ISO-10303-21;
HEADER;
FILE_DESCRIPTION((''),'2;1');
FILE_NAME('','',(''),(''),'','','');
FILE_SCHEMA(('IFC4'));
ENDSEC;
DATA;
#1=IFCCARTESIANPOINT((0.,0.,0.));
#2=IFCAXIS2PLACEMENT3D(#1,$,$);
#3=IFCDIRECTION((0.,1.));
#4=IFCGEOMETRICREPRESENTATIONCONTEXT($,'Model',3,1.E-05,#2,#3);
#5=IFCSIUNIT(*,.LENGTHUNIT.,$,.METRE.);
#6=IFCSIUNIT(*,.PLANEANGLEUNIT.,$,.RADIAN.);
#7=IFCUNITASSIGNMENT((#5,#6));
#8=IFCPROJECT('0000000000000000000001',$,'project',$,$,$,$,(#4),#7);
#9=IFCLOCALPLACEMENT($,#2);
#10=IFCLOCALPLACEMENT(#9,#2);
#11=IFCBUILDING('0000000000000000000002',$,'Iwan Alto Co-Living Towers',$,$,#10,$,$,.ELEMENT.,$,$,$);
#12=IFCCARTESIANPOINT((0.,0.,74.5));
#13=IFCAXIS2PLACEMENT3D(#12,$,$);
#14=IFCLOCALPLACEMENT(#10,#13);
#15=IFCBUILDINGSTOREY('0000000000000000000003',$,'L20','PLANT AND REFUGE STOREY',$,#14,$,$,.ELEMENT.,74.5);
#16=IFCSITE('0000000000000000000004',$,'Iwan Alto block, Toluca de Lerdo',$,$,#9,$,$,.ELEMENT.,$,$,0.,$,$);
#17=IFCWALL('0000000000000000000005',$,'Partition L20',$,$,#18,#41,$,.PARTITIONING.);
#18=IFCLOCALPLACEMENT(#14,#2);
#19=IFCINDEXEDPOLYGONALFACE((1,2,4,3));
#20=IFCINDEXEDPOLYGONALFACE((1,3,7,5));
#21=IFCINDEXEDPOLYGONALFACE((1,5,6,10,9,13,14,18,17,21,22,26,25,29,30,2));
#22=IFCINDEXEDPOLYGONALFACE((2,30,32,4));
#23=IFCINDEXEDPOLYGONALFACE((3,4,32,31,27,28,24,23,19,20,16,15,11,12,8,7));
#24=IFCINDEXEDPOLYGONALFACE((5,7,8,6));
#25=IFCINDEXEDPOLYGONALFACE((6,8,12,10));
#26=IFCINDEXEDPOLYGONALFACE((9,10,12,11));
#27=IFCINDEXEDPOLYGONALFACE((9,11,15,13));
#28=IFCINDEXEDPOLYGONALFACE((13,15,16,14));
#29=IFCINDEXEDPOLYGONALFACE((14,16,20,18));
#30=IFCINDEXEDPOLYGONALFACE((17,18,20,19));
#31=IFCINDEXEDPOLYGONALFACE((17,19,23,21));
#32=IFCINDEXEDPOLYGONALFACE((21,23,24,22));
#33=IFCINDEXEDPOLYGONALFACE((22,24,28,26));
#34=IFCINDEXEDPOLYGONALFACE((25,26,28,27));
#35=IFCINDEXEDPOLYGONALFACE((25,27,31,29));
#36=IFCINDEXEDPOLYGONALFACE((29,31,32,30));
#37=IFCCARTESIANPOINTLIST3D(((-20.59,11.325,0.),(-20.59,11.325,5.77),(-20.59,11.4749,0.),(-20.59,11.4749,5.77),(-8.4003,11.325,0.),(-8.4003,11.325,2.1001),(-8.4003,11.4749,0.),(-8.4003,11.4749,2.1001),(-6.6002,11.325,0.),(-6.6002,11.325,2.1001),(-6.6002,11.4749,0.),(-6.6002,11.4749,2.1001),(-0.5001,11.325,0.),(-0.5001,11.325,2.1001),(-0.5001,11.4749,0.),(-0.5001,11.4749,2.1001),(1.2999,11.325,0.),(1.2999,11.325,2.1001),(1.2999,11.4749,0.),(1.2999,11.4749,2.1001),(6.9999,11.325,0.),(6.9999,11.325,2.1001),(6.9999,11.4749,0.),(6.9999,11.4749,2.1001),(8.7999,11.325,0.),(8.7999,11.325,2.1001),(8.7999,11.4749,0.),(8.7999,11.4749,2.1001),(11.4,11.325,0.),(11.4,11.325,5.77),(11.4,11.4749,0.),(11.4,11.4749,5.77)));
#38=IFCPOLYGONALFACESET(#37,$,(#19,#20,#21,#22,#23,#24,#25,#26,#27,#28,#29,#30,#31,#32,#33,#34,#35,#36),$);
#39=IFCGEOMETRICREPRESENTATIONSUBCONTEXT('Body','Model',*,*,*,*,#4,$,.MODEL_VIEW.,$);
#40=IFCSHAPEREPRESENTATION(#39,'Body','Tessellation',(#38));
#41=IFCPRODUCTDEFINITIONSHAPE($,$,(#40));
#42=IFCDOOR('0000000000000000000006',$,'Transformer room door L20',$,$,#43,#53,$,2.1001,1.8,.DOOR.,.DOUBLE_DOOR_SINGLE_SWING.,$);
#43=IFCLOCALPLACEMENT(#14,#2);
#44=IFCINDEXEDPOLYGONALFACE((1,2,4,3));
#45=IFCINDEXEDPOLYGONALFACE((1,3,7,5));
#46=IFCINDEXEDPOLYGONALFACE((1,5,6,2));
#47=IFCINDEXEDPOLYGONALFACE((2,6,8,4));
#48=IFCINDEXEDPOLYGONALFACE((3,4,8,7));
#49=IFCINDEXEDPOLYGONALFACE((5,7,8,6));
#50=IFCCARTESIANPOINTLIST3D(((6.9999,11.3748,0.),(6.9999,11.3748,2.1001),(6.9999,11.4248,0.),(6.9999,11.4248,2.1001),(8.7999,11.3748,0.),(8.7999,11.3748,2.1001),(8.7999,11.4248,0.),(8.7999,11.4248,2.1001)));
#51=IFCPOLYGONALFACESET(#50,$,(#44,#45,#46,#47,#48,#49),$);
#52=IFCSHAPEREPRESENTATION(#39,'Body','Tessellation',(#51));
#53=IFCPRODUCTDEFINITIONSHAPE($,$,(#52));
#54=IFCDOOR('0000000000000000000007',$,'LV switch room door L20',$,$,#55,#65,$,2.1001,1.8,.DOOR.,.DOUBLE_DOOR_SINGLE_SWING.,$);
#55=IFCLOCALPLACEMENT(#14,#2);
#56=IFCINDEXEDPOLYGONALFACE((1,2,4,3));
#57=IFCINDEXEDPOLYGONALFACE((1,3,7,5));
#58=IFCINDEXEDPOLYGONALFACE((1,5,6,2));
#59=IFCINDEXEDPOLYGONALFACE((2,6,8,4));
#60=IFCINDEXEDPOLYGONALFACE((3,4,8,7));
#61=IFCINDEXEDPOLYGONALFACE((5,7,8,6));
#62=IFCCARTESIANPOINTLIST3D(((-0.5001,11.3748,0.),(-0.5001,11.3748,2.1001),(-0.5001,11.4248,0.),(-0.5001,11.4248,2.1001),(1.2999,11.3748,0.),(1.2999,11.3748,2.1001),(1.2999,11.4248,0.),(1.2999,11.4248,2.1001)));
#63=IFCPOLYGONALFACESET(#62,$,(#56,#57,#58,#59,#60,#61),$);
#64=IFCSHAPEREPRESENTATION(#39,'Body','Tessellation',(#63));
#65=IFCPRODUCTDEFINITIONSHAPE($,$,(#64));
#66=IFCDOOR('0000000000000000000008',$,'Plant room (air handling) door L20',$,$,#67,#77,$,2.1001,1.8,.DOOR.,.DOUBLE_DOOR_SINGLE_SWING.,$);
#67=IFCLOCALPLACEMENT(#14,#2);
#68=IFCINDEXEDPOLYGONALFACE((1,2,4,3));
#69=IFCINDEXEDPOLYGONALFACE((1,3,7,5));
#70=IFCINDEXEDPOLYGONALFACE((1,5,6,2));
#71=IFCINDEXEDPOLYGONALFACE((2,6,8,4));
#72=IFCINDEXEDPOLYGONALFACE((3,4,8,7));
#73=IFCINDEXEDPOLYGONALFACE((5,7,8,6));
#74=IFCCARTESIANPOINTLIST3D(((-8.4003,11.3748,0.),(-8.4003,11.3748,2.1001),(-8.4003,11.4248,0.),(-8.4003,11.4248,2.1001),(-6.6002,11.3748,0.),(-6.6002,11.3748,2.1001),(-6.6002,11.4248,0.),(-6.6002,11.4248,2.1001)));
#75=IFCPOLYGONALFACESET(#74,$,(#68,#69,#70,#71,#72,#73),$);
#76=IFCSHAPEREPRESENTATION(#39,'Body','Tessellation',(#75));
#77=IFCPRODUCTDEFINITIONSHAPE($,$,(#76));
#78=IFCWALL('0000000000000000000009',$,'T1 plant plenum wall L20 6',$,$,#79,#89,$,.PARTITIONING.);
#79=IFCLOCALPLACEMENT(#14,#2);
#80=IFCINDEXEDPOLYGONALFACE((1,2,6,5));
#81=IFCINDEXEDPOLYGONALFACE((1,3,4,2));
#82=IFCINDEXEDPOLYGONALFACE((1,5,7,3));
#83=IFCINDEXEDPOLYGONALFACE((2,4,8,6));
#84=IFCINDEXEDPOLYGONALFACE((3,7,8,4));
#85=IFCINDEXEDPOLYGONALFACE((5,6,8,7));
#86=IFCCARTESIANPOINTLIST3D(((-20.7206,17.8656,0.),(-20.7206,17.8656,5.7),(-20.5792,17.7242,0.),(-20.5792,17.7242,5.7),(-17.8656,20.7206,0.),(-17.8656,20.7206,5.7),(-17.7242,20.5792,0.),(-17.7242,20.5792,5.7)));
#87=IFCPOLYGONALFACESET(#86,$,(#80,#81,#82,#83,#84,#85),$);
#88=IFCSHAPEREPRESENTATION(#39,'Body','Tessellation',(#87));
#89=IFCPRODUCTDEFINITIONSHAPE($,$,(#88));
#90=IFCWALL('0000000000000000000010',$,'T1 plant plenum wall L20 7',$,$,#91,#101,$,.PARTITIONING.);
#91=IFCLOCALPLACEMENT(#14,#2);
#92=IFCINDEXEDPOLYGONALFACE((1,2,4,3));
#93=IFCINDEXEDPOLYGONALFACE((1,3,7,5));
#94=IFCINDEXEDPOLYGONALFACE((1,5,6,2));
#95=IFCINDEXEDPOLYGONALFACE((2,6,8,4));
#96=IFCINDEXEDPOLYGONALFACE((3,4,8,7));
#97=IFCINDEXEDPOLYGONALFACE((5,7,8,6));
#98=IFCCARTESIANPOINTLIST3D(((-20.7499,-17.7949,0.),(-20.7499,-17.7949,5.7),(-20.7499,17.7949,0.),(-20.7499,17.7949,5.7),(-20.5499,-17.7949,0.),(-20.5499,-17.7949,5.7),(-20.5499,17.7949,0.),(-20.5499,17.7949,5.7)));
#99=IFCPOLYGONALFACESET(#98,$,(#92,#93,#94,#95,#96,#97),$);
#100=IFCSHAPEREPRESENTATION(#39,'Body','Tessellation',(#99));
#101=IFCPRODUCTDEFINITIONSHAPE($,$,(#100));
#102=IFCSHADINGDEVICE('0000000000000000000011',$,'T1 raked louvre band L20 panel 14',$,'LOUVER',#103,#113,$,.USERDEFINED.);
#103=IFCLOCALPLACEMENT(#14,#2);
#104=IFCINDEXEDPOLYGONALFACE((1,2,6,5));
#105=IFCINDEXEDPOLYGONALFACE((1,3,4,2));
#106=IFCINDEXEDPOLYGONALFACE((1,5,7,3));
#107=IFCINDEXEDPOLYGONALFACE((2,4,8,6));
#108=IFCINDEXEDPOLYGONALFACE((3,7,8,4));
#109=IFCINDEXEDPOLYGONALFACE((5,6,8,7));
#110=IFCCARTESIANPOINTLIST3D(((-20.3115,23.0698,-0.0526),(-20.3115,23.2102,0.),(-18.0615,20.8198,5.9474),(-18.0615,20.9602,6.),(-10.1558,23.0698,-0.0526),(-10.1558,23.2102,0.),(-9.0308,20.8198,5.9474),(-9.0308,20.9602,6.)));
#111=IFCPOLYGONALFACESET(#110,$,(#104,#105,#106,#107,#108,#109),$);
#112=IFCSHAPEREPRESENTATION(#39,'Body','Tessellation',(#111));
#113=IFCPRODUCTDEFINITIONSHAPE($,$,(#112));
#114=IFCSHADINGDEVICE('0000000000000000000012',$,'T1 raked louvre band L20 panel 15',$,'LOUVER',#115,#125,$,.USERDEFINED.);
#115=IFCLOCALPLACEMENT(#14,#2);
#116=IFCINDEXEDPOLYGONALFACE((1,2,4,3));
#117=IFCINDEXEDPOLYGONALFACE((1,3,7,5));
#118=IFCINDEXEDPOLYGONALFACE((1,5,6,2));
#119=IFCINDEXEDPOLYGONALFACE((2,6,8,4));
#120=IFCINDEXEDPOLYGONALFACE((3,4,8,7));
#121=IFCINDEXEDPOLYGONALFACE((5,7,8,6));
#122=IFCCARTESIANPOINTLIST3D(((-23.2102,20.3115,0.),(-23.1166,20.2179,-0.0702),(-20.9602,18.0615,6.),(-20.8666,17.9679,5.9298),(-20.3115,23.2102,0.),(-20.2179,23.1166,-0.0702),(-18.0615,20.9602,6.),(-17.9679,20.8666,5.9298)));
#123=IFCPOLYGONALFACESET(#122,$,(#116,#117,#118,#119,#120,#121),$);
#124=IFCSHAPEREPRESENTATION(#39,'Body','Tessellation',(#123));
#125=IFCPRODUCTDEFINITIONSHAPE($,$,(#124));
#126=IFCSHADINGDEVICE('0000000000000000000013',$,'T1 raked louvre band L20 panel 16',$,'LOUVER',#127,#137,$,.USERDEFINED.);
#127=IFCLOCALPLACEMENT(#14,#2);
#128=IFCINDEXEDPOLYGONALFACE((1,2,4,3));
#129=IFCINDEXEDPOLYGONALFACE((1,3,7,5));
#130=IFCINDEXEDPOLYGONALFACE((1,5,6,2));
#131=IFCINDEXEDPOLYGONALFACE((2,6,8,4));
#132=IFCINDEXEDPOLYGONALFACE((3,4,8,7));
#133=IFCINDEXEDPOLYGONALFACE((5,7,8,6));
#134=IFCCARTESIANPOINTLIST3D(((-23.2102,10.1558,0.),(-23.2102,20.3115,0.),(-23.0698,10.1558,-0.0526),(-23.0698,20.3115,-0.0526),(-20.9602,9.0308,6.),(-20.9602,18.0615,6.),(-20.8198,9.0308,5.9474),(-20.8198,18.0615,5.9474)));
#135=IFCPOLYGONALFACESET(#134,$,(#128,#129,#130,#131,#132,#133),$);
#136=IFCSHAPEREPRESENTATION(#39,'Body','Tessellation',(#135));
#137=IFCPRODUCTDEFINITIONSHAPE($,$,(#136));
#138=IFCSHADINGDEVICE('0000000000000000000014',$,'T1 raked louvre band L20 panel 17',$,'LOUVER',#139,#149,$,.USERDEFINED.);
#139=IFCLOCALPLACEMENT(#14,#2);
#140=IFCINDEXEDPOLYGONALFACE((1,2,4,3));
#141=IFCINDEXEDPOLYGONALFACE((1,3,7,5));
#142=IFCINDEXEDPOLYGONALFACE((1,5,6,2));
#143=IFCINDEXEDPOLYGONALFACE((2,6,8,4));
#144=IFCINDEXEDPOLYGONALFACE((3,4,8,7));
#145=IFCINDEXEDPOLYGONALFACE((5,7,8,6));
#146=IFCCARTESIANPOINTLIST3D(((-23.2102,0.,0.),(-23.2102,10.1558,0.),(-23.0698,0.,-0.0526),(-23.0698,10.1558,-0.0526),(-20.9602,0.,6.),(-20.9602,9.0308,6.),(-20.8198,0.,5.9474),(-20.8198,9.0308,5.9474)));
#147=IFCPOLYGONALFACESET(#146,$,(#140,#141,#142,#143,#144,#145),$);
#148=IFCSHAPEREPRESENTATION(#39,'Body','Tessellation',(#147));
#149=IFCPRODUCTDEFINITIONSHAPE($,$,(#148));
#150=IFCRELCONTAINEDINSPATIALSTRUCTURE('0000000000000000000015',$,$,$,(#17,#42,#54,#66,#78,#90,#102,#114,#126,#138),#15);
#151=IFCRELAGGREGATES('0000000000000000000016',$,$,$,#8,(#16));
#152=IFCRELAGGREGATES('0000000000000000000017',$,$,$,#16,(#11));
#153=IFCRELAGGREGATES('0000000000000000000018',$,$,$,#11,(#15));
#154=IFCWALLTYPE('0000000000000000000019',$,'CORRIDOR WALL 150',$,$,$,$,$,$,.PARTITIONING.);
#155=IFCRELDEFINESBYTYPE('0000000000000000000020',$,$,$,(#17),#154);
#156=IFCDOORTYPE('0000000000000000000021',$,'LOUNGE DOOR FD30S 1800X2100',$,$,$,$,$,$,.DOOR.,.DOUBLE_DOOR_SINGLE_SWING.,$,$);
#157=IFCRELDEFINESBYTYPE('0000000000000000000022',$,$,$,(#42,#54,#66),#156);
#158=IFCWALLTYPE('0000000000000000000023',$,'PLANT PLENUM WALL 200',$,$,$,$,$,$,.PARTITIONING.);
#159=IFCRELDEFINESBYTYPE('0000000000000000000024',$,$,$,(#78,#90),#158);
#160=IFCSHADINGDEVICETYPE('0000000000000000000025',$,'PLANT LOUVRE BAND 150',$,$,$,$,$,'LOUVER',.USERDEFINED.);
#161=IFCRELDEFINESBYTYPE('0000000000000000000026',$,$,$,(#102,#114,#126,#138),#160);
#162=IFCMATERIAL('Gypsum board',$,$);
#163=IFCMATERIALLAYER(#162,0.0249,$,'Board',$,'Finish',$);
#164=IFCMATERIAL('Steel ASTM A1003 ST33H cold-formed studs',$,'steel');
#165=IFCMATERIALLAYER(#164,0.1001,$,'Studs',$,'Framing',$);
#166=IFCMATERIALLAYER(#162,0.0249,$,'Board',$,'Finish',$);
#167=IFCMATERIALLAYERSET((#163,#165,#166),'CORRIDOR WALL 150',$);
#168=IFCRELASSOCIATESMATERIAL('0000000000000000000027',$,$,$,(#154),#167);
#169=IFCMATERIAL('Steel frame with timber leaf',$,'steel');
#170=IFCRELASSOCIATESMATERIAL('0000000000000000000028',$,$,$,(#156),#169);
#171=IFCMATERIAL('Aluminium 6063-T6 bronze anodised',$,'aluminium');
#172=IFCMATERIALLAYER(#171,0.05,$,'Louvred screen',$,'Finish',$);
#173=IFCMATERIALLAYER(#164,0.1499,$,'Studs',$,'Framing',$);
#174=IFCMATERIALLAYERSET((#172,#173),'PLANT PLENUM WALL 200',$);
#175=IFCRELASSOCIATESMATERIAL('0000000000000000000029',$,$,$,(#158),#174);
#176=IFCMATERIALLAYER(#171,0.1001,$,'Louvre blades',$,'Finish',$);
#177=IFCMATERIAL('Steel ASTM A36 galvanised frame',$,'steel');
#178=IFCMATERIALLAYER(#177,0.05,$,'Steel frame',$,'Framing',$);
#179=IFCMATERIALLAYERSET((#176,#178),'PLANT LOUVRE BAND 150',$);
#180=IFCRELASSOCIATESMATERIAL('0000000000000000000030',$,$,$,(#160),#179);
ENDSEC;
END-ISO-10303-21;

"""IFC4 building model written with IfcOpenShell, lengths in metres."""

from ifc_helpers import new_model, si_unit, direction, frame, frame_2d, origin, place, context, subcontext, project, spatial, polyline, rectangle, outline, extrude, material, layer, layer_set, type_object, element, fill, save


model = new_model("IFC4")

# Units and contexts
model_context = context("Model", 3, precision=1e-05, world=origin(), true_north=direction((0.0, 1.0)))
body_context = subcontext(model_context, "Body", "Model", "MODEL_VIEW")
ifc_project = project(units=[si_unit("LENGTHUNIT", "METRE"), si_unit("PLANEANGLEUNIT", "RADIAN")], contexts=[model_context])

# Site, building, storey
site_placement = place(None, origin())
site = spatial("IfcSite", under=ifc_project, at=site_placement, Name="Iwan Alto block, Toluca de Lerdo", CompositionType="ELEMENT", RefElevation=0.0)
building_placement = place(site_placement, origin())
building = spatial("IfcBuilding", under=site, at=building_placement, Name="Iwan Alto Co-Living Towers", CompositionType="ELEMENT")
storey_placement = place(building_placement, frame((0.0, 0.0, 74.5)))
storey = spatial("IfcBuildingStorey", under=building, at=storey_placement, Name="L20", Description="PLANT AND REFUGE STOREY", CompositionType="ELEMENT", Elevation=74.5)

# Wall, openings, doors
ifc_material_1 = material(Name="Gypsum board")
ifc_layer_1 = layer(ifc_material_1, 0.0249, Name="Board", Category="Finish")
ifc_material_2 = material(Name="Steel ASTM A1003 ST33H cold-formed studs", Category="steel")
ifc_layer_2 = layer(ifc_material_2, 0.1001, Name="Studs", Category="Framing")
ifc_layer_3 = layer(ifc_material_1, 0.0249, Name="Board", Category="Finish")
ifc_layer_set_1 = layer_set([ifc_layer_1, ifc_layer_2, ifc_layer_3], Name="CORRIDOR WALL 150")
wall_type_1 = type_object("IfcWallType", Name="CORRIDOR WALL 150", PredefinedType="PARTITIONING", material=ifc_layer_set_1)
wall_1_placement = place(storey_placement, frame((-20.5901, 11.3999, 0.0), z_axis=(0.0, 0.0, 1.0), x_axis=(1.0, 0.0, 0.0)))
wall_1 = element("IfcWall", 1, at=wall_1_placement, inside=storey, type_object=wall_type_1, Name="Partition L20", PredefinedType="PARTITIONING", context=body_context, shape_type="SweptSolid", body=[
    extrude(rectangle(XDim=31.99, YDim=0.1499, at=frame_2d((15.9951, 0.0))), origin(), (0.0, 0.0, 1.0), 5.77),
])
opening_1_placement = place(wall_1_placement, frame((27.5901, 0.0, 0.0)))
opening_1 = element("IfcOpeningElement", 2, at=opening_1_placement, cuts=wall_1, PredefinedType="OPENING", context=body_context, shape_type="SweptSolid", body=[
    extrude(rectangle(XDim=1.8, YDim=2.1001, at=frame_2d((0.8999, 1.05))), frame((0.0, 0.085, 0.0), z_axis=(0.0, -1.0, 0.0), x_axis=(1.0, 0.0, 0.0)), (0.0, 0.0, 1.0), 0.1699),
])
opening_2_placement = place(wall_1_placement, frame((20.0901, 0.0, 0.0)))
opening_2 = element("IfcOpeningElement", 3, at=opening_2_placement, cuts=wall_1, PredefinedType="OPENING", context=body_context, shape_type="SweptSolid", body=[
    extrude(rectangle(XDim=1.8, YDim=2.1001, at=frame_2d((0.8999, 1.05))), frame((0.0, 0.085, 0.0), z_axis=(0.0, -1.0, 0.0), x_axis=(1.0, 0.0, 0.0)), (0.0, 0.0, 1.0), 0.1699),
])
opening_3_placement = place(wall_1_placement, frame((12.1899, 0.0, 0.0)))
opening_3 = element("IfcOpeningElement", 4, at=opening_3_placement, cuts=wall_1, PredefinedType="OPENING", context=body_context, shape_type="SweptSolid", body=[
    extrude(rectangle(XDim=1.8, YDim=2.1001, at=frame_2d((0.8999, 1.05))), frame((0.0, 0.085, 0.0), z_axis=(0.0, -1.0, 0.0), x_axis=(1.0, 0.0, 0.0)), (0.0, 0.0, 1.0), 0.1699),
])
ifc_material_3 = material(Name="Steel frame with timber leaf", Category="steel")
door_type = type_object("IfcDoorType", Name="LOUNGE DOOR FD30S 1800X2100", OperationType="DOUBLE_DOOR_SINGLE_SWING", PredefinedType="DOOR", material=ifc_material_3)
door_1_placement = place(opening_1_placement, origin())
door_1 = element("IfcDoor", 5, at=door_1_placement, inside=storey, type_object=door_type, Name="Transformer room door L20", OperationType="DOUBLE_DOOR_SINGLE_SWING", OverallHeight=2.1001, OverallWidth=1.8, PredefinedType="DOOR", context=body_context, shape_type="SweptSolid", body=[
    extrude(rectangle(XDim=1.8, YDim=2.1001, at=frame_2d((0.8999, 1.05))), frame((0.0, 0.0249, 0.0), z_axis=(0.0, -1.0, 0.0), x_axis=(1.0, 0.0, 0.0)), (0.0, 0.0, 1.0), 0.05),
])
fill(opening_1, door_1)
door_2_placement = place(opening_2_placement, origin())
door_2 = element("IfcDoor", 6, at=door_2_placement, inside=storey, type_object=door_type, Name="LV switch room door L20", OperationType="DOUBLE_DOOR_SINGLE_SWING", OverallHeight=2.1001, OverallWidth=1.8, PredefinedType="DOOR", context=body_context, shape_type="SweptSolid", body=[
    extrude(rectangle(XDim=1.8, YDim=2.1001, at=frame_2d((0.8999, 1.05))), frame((0.0, 0.0249, 0.0), z_axis=(0.0, -1.0, 0.0), x_axis=(1.0, 0.0, 0.0)), (0.0, 0.0, 1.0), 0.05),
])
fill(opening_2, door_2)
door_3_placement = place(opening_3_placement, origin())
door_3 = element("IfcDoor", 7, at=door_3_placement, inside=storey, type_object=door_type, Name="Plant room (air handling) door L20", OperationType="DOUBLE_DOOR_SINGLE_SWING", OverallHeight=2.1001, OverallWidth=1.8, PredefinedType="DOOR", context=body_context, shape_type="SweptSolid", body=[
    extrude(rectangle(XDim=1.8, YDim=2.1001, at=frame_2d((0.8999, 1.05))), frame((0.0, 0.0249, 0.0), z_axis=(0.0, -1.0, 0.0), x_axis=(1.0, 0.0, 0.0)), (0.0, 0.0, 1.0), 0.05),
])
fill(opening_3, door_3)

# Walls
ifc_material_4 = material(Name="Aluminium 6063-T6 bronze anodised", Category="aluminium")
ifc_layer_4 = layer(ifc_material_4, 0.05, Name="Louvred screen", Category="Finish")
ifc_layer_5 = layer(ifc_material_2, 0.1499, Name="Studs", Category="Framing")
ifc_layer_set_2 = layer_set([ifc_layer_4, ifc_layer_5], Name="PLANT PLENUM WALL 200")
wall_type_2 = type_object("IfcWallType", Name="PLANT PLENUM WALL 200", PredefinedType="PARTITIONING", material=ifc_layer_set_2)
wall_2_placement = place(storey_placement, frame((-17.7949, 20.6499, 0.0), z_axis=(0.0, 0.0, 1.0), x_axis=(-0.707107, -0.707107, 0.0)))
element("IfcWall", 8, at=wall_2_placement, inside=storey, type_object=wall_type_2, Name="T1 plant plenum wall L20 6", PredefinedType="PARTITIONING", context=body_context, shape_type="SweptSolid", body=[
    extrude(rectangle(XDim=4.0376, YDim=0.2, at=frame_2d((2.0188, 0.0))), origin(), (0.0, 0.0, 1.0), 5.7),
])
wall_3_placement = place(storey_placement, frame((-20.6499, 17.7949, 0.0), z_axis=(0.0, 0.0, 1.0), x_axis=(0.0, -1.0, 0.0)))
element("IfcWall", 9, at=wall_3_placement, inside=storey, type_object=wall_type_2, Name="T1 plant plenum wall L20 7", PredefinedType="PARTITIONING", context=body_context, shape_type="SweptSolid", body=[
    extrude(rectangle(XDim=35.5898, YDim=0.2, at=frame_2d((17.7949, 0.0))), origin(), (0.0, 0.0, 1.0), 5.7),
])

# Shading devices
ifc_layer_6 = layer(ifc_material_4, 0.1001, Name="Louvre blades", Category="Finish")
ifc_material_5 = material(Name="Steel ASTM A36 galvanised frame", Category="steel")
ifc_layer_7 = layer(ifc_material_5, 0.05, Name="Steel frame", Category="Framing")
ifc_layer_set_3 = layer_set([ifc_layer_6, ifc_layer_7], Name="PLANT LOUVRE BAND 150")
shading_device_type = type_object("IfcShadingDeviceType", Name="PLANT LOUVRE BAND 150", ElementType="LOUVER", PredefinedType="USERDEFINED", material=ifc_layer_set_3)
shading_device_1_placement = place(storey_placement, frame((-10.1558, 23.2102, 0.0), z_axis=(0.0, 0.936329, 0.351123), x_axis=(-1.0, 0.0, 0.0)))
element("IfcShadingDevice", 10, at=shading_device_1_placement, inside=storey, type_object=shading_device_type, Name="T1 raked louvre band L20 panel 14", ObjectType="LOUVER", PredefinedType="USERDEFINED", context=body_context, shape_type="SweptSolid", body=[
    extrude(outline(polyline([(0.0, 0.0), (10.1558, 0.0), (7.9058, 6.408), (-1.125, 6.408), (0.0, 0.0)])), origin(), (0.0, 0.0, -1.0), 0.1499),
])
shading_device_2_placement = place(storey_placement, frame((-20.3115, 23.2102, 0.0), z_axis=(-0.624695, 0.624695, 0.468521), x_axis=(-0.707107, -0.707107, 0.0)))
element("IfcShadingDevice", 11, at=shading_device_2_placement, inside=storey, type_object=shading_device_type, Name="T1 raked louvre band L20 panel 15", ObjectType="LOUVER", PredefinedType="USERDEFINED", context=body_context, shape_type="SweptSolid", body=[
    extrude(outline(polyline([(0.0, 0.0), (4.0994, 0.0), (4.0994, 6.7915), (0.0, 6.7915), (0.0, 0.0)])), origin(), (0.0, 0.0, -1.0), 0.1499),
])
shading_device_3_placement = place(storey_placement, frame((-23.2102, 20.3115, 0.0), z_axis=(-0.936329, 0.0, 0.351123), x_axis=(0.0, -1.0, 0.0)))
element("IfcShadingDevice", 12, at=shading_device_3_placement, inside=storey, type_object=shading_device_type, Name="T1 raked louvre band L20 panel 16", ObjectType="LOUVER", PredefinedType="USERDEFINED", context=body_context, shape_type="SweptSolid", body=[
    extrude(outline(polyline([(0.0, 0.0), (10.1558, 0.0), (11.2808, 6.408), (2.25, 6.408), (0.0, 0.0)])), origin(), (0.0, 0.0, -1.0), 0.1499),
])
shading_device_4_placement = place(storey_placement, frame((-23.2102, 10.1558, 0.0), z_axis=(-0.936329, 0.0, 0.351123), x_axis=(0.0, -1.0, 0.0)))
element("IfcShadingDevice", 13, at=shading_device_4_placement, inside=storey, type_object=shading_device_type, Name="T1 raked louvre band L20 panel 17", ObjectType="LOUVER", PredefinedType="USERDEFINED", context=body_context, shape_type="SweptSolid", body=[
    extrude(outline(polyline([(0.0, 0.0), (10.1558, 0.0), (10.1558, 6.408), (1.125, 6.408), (0.0, 0.0)])), origin(), (0.0, 0.0, -1.0), 0.1499),
])

save(model, "model.ifc")
